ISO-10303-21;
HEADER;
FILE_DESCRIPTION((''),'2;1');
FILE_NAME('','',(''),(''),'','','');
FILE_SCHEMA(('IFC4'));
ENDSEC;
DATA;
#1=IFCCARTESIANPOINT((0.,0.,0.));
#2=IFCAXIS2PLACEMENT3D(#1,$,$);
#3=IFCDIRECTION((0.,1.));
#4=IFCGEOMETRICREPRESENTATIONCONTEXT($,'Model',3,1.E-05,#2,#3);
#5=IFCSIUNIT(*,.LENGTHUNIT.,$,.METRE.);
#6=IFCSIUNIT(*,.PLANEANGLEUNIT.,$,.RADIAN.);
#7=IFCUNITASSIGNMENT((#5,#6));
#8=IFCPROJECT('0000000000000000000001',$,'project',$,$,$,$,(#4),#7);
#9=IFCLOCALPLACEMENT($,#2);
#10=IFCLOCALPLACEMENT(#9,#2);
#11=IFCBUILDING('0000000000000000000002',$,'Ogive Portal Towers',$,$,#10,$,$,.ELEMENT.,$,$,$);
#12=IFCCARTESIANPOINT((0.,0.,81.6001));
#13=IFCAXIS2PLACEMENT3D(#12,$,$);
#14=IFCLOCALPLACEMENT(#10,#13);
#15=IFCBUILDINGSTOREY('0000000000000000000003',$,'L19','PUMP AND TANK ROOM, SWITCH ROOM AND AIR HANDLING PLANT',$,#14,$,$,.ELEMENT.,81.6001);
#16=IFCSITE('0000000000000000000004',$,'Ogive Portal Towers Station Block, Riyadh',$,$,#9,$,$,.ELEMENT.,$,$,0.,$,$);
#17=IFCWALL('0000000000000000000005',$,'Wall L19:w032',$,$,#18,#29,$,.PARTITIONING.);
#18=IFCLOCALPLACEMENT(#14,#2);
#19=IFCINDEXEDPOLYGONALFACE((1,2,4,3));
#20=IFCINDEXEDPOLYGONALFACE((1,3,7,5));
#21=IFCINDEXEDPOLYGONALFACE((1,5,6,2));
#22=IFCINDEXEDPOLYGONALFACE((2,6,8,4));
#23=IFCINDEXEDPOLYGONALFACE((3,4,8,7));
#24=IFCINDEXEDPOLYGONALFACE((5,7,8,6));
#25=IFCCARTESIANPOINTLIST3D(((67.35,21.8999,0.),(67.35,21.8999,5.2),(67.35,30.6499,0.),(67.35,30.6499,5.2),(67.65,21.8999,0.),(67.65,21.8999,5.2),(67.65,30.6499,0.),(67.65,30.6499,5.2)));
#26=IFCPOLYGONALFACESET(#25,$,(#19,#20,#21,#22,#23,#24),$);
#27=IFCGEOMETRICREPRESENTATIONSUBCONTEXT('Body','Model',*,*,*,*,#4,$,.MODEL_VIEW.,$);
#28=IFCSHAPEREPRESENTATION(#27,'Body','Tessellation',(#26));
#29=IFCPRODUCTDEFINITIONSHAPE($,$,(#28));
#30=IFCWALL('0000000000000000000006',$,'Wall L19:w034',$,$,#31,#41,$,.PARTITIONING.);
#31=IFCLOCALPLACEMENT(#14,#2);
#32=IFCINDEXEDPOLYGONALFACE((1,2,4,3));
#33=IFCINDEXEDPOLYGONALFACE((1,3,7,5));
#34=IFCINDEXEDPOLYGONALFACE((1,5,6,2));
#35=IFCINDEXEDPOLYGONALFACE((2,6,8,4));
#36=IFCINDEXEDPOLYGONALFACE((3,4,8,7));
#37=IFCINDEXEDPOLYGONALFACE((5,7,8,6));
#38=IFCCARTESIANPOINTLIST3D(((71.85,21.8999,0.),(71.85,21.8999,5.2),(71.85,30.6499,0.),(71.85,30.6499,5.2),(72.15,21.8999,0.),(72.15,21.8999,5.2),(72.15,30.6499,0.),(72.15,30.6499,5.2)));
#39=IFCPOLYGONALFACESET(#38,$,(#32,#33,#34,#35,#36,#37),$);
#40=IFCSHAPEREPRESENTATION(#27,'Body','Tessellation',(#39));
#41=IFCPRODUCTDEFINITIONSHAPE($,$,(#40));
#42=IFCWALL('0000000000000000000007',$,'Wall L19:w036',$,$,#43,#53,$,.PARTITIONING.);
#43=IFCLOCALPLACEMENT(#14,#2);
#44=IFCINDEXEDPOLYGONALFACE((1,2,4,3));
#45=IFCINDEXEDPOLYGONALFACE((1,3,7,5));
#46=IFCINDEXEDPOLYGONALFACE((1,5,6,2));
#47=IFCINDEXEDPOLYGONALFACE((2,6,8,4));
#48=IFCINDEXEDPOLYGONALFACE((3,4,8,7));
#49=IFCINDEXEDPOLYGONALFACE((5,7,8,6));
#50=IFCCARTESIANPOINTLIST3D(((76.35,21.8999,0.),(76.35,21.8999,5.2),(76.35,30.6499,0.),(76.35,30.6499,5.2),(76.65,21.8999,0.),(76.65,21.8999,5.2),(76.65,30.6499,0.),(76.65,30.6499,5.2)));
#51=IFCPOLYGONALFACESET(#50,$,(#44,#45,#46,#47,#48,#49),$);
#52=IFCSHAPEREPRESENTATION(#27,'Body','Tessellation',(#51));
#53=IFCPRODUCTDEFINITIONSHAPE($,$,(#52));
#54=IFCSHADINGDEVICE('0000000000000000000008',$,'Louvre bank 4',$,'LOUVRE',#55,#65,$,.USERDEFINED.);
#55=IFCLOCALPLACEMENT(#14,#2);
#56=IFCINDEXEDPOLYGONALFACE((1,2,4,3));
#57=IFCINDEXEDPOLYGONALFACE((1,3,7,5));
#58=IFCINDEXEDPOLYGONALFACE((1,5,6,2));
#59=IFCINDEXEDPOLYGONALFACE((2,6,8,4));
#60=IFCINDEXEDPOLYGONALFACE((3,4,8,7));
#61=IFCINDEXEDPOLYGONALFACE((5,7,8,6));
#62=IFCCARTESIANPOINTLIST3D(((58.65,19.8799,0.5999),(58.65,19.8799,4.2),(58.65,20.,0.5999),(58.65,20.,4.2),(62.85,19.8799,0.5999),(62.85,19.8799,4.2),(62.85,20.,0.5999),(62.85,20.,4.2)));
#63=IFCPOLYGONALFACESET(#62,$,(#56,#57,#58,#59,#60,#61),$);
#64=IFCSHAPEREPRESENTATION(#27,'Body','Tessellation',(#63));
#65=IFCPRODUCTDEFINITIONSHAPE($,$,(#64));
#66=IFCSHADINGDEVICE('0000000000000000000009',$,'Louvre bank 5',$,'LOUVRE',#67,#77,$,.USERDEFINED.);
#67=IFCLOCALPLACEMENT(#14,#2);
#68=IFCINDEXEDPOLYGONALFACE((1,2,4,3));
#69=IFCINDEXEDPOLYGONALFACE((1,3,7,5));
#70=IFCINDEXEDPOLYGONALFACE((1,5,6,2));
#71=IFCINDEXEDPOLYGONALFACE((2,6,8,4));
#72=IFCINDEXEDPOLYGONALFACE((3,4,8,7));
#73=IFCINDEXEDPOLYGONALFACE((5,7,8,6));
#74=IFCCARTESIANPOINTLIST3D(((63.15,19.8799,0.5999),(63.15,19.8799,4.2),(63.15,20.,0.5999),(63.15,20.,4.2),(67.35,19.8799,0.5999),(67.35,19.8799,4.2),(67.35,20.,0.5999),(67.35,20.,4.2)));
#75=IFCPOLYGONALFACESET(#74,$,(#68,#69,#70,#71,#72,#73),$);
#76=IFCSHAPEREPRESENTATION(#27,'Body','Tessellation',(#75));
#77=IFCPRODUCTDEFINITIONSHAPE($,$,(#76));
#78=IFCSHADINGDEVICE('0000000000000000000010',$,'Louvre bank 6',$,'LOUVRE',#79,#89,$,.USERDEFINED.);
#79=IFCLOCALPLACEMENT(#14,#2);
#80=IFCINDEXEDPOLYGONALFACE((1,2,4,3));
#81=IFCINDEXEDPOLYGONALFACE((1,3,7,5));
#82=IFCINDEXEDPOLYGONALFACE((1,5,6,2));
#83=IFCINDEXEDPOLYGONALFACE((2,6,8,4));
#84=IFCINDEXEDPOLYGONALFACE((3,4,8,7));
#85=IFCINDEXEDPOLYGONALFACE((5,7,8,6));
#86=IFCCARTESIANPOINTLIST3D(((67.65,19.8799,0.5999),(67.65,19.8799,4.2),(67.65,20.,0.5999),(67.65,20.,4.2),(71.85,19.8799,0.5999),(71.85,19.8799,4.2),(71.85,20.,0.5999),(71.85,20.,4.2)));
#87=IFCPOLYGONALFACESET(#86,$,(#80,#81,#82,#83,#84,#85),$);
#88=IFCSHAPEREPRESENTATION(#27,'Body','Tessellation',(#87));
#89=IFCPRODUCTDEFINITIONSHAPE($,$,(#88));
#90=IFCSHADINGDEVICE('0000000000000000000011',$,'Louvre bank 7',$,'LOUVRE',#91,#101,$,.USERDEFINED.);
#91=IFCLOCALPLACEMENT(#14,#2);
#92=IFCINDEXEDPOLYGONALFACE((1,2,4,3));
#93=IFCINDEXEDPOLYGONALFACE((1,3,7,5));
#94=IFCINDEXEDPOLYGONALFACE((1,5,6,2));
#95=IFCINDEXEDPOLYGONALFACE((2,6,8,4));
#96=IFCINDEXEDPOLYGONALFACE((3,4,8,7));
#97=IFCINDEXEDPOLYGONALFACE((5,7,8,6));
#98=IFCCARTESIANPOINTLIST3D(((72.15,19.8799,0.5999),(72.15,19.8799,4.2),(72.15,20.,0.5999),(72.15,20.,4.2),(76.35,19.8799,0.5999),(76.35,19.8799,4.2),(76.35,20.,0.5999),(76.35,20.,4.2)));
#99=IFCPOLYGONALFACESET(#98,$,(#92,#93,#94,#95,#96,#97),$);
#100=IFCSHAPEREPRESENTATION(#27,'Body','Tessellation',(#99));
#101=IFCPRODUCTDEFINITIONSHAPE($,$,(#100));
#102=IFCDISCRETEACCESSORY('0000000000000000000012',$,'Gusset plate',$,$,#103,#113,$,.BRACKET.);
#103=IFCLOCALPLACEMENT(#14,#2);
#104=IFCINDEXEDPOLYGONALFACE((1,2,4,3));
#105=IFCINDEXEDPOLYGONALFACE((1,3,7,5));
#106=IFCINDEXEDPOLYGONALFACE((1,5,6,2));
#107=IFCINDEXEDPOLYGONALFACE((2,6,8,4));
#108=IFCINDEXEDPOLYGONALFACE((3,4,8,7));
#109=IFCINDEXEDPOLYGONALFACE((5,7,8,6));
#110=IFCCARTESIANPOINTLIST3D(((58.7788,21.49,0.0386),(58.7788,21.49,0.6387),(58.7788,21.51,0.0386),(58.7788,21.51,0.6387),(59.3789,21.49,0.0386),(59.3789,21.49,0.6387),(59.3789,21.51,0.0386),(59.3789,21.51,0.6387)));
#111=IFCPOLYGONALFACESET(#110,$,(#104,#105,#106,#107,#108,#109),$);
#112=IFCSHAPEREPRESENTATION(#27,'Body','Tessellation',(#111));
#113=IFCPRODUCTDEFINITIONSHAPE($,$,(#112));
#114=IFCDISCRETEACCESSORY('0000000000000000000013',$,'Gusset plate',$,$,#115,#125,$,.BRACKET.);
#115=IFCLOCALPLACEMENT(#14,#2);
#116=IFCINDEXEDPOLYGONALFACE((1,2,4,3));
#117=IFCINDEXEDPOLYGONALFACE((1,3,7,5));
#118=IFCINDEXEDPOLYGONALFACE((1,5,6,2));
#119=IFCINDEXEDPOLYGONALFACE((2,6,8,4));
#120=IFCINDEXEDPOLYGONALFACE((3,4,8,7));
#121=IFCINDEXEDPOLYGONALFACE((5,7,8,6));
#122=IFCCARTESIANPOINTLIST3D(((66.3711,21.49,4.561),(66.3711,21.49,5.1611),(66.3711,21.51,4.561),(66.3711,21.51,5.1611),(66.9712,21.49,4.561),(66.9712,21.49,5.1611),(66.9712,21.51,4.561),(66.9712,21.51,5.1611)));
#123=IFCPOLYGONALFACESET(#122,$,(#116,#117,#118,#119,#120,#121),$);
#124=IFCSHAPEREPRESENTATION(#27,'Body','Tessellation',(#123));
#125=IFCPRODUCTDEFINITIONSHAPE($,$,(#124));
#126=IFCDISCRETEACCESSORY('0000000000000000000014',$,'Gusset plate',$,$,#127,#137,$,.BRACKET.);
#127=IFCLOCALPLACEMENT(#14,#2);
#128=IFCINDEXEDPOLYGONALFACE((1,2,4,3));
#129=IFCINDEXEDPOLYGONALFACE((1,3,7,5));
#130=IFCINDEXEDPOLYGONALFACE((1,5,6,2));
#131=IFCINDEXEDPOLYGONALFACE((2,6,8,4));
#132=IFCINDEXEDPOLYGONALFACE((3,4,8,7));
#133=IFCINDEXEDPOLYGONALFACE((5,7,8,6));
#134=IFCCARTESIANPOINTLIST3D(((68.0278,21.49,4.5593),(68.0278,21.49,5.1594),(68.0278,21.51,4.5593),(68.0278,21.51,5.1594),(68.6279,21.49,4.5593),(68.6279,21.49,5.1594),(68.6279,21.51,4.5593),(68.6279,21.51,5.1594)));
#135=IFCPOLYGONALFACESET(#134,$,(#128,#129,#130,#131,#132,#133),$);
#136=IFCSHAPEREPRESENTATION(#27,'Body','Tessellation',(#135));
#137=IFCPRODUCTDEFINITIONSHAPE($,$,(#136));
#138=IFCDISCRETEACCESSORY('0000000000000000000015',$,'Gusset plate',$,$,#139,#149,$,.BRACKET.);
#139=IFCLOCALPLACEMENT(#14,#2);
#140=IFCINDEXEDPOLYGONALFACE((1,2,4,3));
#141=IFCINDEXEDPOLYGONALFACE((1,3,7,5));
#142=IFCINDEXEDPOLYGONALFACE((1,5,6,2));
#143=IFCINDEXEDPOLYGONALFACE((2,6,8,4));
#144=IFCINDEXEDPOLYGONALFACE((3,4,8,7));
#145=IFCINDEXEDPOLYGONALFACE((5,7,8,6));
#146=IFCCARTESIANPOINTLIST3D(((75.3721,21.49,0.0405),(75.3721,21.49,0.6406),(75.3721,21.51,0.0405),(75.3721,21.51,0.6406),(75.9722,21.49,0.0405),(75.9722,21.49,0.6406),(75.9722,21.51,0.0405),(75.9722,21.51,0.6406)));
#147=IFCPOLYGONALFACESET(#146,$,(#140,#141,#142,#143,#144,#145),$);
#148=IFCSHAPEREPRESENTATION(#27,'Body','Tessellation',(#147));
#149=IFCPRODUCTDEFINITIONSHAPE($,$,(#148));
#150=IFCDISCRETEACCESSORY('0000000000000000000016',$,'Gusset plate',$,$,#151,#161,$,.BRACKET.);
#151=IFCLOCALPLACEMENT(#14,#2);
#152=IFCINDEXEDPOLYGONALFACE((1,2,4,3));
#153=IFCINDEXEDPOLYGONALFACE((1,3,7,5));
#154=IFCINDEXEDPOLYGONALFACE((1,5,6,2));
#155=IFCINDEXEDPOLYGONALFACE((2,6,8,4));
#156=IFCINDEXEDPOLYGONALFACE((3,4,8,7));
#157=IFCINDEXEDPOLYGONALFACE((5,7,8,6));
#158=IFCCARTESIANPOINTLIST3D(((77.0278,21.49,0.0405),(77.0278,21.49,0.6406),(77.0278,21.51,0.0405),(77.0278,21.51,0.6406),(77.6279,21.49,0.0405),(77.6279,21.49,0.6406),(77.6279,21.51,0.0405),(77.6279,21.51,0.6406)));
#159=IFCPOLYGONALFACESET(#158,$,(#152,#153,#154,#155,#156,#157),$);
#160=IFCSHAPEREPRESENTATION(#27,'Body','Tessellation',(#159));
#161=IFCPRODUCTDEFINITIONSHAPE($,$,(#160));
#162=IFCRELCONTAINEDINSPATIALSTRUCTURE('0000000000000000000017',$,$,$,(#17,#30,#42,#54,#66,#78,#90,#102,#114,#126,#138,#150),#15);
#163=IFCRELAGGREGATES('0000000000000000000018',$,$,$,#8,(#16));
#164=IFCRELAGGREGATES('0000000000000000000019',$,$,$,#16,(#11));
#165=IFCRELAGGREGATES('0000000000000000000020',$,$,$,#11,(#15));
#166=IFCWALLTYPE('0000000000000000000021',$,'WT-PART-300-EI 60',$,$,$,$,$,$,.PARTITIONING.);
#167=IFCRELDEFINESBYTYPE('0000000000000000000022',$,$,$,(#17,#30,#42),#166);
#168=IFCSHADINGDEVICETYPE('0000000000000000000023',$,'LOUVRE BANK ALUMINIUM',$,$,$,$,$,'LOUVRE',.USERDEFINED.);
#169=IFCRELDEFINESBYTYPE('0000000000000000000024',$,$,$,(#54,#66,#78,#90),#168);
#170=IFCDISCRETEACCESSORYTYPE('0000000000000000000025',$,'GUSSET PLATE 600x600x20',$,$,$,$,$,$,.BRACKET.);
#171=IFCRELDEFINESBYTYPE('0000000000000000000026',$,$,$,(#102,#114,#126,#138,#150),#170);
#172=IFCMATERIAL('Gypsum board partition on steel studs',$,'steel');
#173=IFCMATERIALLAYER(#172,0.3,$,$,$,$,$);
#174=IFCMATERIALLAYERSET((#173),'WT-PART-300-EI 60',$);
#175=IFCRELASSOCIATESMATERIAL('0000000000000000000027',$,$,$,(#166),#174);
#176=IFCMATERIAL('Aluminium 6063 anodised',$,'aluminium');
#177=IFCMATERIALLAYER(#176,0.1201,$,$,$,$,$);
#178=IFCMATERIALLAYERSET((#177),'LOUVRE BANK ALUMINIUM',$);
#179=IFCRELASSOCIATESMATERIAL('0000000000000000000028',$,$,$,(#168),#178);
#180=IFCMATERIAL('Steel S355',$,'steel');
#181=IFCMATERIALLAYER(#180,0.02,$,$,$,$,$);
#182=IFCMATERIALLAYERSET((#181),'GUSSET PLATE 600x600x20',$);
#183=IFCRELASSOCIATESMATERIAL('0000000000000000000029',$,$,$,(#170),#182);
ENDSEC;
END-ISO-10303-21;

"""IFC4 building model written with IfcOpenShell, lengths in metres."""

from ifc_helpers import new_model, si_unit, direction, frame, frame_2d, origin, origin_2d, place, context, subcontext, project, spatial, rectangle, extrude, material, layer, layer_set, type_object, element, save


model = new_model("IFC4")

# Units and contexts
model_context = context("Model", 3, precision=1e-05, world=origin(), true_north=direction((0.0, 1.0)))
body_context = subcontext(model_context, "Body", "Model", "MODEL_VIEW")
ifc_project = project(units=[si_unit("LENGTHUNIT", "METRE"), si_unit("PLANEANGLEUNIT", "RADIAN")], contexts=[model_context])

# Site, building, storey
site_placement = place(None, origin())
site = spatial("IfcSite", under=ifc_project, at=site_placement, Name="Ogive Portal Towers Station Block, Riyadh", CompositionType="ELEMENT", RefElevation=0.0)
building_placement = place(site_placement, origin())
building = spatial("IfcBuilding", under=site, at=building_placement, Name="Ogive Portal Towers", CompositionType="ELEMENT")
storey_placement = place(building_placement, frame((0.0, 0.0, 81.6001)))
storey = spatial("IfcBuildingStorey", under=building, at=storey_placement, Name="L19", Description="PUMP AND TANK ROOM, SWITCH ROOM AND AIR HANDLING PLANT", CompositionType="ELEMENT", Elevation=81.6001)

# Shared definitions
ifc_material_1 = material(Name="Steel S355", Category="steel")

# Walls
ifc_material_2 = material(Name="Gypsum board partition on steel studs", Category="steel")
ifc_layer_1 = layer(ifc_material_2, 0.3)
ifc_layer_set_1 = layer_set([ifc_layer_1], Name="WT-PART-300-EI 60")
wall_type_1 = type_object("IfcWallType", Name="WT-PART-300-EI 60", PredefinedType="PARTITIONING", material=ifc_layer_set_1)
for number, where, z_axis, x_axis, name in (
    (1, (67.5, 21.8999, 0.0), (0.0, 0.0, 1.0), (0.0, 1.0, 0.0), "Wall L19:w032"),
    (2, (72.0, 21.8999, 0.0), (0.0, 0.0, 1.0), (0.0, 1.0, 0.0), "Wall L19:w034"),
    (3, (76.5, 21.8999, 0.0), (0.0, 0.0, 1.0), (0.0, 1.0, 0.0), "Wall L19:w036"),
):
    element("IfcWall", number, at=place(storey_placement, frame(where, z_axis=z_axis, x_axis=x_axis)), inside=storey, type_object=wall_type_1, Name=name, PredefinedType="PARTITIONING", context=body_context, shape_type="SweptSolid", body=[
        extrude(rectangle(XDim=8.75, YDim=0.3, at=frame_2d((4.375, 0.0))), origin(), (0.0, 0.0, 1.0), 5.2),
    ])

# Shading devices
ifc_material_3 = material(Name="Aluminium 6063 anodised", Category="aluminium")
ifc_layer_2 = layer(ifc_material_3, 0.1201)
ifc_layer_set_2 = layer_set([ifc_layer_2], Name="LOUVRE BANK ALUMINIUM")
shading_device_type = type_object("IfcShadingDeviceType", Name="LOUVRE BANK ALUMINIUM", ElementType="LOUVRE", PredefinedType="USERDEFINED", material=ifc_layer_set_2)
for number, where, z_axis, x_axis, name in (
    (4, (60.75, 19.9399, 0.5999), (0.0, 0.0, 1.0), (1.0, 0.0, 0.0), "Louvre bank 4"),
    (5, (65.25, 19.9399, 0.5999), (0.0, 0.0, 1.0), (1.0, 0.0, 0.0), "Louvre bank 5"),
    (6, (69.75, 19.9399, 0.5999), (0.0, 0.0, 1.0), (1.0, 0.0, 0.0), "Louvre bank 6"),
    (7, (74.25, 19.9399, 0.5999), (0.0, 0.0, 1.0), (1.0, 0.0, 0.0), "Louvre bank 7"),
):
    element("IfcShadingDevice", number, at=place(storey_placement, frame(where, z_axis=z_axis, x_axis=x_axis)), inside=storey, type_object=shading_device_type, Name=name, ObjectType="LOUVRE", PredefinedType="USERDEFINED", context=body_context, shape_type="SweptSolid", body=[
        extrude(rectangle(XDim=4.2, YDim=0.1201, at=origin_2d()), origin(), (0.0, 0.0, 1.0), 3.6001),
    ])

# Discrete accessories
ifc_layer_3 = layer(ifc_material_1, 0.02)
ifc_layer_set_3 = layer_set([ifc_layer_3], Name="GUSSET PLATE 600x600x20")
discrete_accessory_type = type_object("IfcDiscreteAccessoryType", Name="GUSSET PLATE 600x600x20", PredefinedType="BRACKET", material=ifc_layer_set_3)
for number, where, z_axis, x_axis, name in (
    (8, (59.0789, 21.5, 0.0386), (0.0, 0.0, 1.0), (1.0, 0.0, 0.0), "Gusset plate"),
    (9, (66.6711, 21.5, 4.561), (0.0, 0.0, 1.0), (1.0, 0.0, 0.0), "Gusset plate"),
    (10, (68.3279, 21.5, 4.5593), (0.0, 0.0, 1.0), (1.0, 0.0, 0.0), "Gusset plate"),
    (11, (75.6721, 21.5, 0.0405), (0.0, 0.0, 1.0), (1.0, 0.0, 0.0), "Gusset plate"),
    (12, (77.3279, 21.5, 0.0405), (0.0, 0.0, 1.0), (1.0, 0.0, 0.0), "Gusset plate"),
):
    element("IfcDiscreteAccessory", number, at=place(storey_placement, frame(where, z_axis=z_axis, x_axis=x_axis)), inside=storey, type_object=discrete_accessory_type, Name=name, PredefinedType="BRACKET", context=body_context, shape_type="SweptSolid", body=[
        extrude(rectangle(XDim=0.6001, YDim=0.02, at=origin_2d()), origin(), (0.0, 0.0, 1.0), 0.6001),
    ])

save(model, "model.ifc")
